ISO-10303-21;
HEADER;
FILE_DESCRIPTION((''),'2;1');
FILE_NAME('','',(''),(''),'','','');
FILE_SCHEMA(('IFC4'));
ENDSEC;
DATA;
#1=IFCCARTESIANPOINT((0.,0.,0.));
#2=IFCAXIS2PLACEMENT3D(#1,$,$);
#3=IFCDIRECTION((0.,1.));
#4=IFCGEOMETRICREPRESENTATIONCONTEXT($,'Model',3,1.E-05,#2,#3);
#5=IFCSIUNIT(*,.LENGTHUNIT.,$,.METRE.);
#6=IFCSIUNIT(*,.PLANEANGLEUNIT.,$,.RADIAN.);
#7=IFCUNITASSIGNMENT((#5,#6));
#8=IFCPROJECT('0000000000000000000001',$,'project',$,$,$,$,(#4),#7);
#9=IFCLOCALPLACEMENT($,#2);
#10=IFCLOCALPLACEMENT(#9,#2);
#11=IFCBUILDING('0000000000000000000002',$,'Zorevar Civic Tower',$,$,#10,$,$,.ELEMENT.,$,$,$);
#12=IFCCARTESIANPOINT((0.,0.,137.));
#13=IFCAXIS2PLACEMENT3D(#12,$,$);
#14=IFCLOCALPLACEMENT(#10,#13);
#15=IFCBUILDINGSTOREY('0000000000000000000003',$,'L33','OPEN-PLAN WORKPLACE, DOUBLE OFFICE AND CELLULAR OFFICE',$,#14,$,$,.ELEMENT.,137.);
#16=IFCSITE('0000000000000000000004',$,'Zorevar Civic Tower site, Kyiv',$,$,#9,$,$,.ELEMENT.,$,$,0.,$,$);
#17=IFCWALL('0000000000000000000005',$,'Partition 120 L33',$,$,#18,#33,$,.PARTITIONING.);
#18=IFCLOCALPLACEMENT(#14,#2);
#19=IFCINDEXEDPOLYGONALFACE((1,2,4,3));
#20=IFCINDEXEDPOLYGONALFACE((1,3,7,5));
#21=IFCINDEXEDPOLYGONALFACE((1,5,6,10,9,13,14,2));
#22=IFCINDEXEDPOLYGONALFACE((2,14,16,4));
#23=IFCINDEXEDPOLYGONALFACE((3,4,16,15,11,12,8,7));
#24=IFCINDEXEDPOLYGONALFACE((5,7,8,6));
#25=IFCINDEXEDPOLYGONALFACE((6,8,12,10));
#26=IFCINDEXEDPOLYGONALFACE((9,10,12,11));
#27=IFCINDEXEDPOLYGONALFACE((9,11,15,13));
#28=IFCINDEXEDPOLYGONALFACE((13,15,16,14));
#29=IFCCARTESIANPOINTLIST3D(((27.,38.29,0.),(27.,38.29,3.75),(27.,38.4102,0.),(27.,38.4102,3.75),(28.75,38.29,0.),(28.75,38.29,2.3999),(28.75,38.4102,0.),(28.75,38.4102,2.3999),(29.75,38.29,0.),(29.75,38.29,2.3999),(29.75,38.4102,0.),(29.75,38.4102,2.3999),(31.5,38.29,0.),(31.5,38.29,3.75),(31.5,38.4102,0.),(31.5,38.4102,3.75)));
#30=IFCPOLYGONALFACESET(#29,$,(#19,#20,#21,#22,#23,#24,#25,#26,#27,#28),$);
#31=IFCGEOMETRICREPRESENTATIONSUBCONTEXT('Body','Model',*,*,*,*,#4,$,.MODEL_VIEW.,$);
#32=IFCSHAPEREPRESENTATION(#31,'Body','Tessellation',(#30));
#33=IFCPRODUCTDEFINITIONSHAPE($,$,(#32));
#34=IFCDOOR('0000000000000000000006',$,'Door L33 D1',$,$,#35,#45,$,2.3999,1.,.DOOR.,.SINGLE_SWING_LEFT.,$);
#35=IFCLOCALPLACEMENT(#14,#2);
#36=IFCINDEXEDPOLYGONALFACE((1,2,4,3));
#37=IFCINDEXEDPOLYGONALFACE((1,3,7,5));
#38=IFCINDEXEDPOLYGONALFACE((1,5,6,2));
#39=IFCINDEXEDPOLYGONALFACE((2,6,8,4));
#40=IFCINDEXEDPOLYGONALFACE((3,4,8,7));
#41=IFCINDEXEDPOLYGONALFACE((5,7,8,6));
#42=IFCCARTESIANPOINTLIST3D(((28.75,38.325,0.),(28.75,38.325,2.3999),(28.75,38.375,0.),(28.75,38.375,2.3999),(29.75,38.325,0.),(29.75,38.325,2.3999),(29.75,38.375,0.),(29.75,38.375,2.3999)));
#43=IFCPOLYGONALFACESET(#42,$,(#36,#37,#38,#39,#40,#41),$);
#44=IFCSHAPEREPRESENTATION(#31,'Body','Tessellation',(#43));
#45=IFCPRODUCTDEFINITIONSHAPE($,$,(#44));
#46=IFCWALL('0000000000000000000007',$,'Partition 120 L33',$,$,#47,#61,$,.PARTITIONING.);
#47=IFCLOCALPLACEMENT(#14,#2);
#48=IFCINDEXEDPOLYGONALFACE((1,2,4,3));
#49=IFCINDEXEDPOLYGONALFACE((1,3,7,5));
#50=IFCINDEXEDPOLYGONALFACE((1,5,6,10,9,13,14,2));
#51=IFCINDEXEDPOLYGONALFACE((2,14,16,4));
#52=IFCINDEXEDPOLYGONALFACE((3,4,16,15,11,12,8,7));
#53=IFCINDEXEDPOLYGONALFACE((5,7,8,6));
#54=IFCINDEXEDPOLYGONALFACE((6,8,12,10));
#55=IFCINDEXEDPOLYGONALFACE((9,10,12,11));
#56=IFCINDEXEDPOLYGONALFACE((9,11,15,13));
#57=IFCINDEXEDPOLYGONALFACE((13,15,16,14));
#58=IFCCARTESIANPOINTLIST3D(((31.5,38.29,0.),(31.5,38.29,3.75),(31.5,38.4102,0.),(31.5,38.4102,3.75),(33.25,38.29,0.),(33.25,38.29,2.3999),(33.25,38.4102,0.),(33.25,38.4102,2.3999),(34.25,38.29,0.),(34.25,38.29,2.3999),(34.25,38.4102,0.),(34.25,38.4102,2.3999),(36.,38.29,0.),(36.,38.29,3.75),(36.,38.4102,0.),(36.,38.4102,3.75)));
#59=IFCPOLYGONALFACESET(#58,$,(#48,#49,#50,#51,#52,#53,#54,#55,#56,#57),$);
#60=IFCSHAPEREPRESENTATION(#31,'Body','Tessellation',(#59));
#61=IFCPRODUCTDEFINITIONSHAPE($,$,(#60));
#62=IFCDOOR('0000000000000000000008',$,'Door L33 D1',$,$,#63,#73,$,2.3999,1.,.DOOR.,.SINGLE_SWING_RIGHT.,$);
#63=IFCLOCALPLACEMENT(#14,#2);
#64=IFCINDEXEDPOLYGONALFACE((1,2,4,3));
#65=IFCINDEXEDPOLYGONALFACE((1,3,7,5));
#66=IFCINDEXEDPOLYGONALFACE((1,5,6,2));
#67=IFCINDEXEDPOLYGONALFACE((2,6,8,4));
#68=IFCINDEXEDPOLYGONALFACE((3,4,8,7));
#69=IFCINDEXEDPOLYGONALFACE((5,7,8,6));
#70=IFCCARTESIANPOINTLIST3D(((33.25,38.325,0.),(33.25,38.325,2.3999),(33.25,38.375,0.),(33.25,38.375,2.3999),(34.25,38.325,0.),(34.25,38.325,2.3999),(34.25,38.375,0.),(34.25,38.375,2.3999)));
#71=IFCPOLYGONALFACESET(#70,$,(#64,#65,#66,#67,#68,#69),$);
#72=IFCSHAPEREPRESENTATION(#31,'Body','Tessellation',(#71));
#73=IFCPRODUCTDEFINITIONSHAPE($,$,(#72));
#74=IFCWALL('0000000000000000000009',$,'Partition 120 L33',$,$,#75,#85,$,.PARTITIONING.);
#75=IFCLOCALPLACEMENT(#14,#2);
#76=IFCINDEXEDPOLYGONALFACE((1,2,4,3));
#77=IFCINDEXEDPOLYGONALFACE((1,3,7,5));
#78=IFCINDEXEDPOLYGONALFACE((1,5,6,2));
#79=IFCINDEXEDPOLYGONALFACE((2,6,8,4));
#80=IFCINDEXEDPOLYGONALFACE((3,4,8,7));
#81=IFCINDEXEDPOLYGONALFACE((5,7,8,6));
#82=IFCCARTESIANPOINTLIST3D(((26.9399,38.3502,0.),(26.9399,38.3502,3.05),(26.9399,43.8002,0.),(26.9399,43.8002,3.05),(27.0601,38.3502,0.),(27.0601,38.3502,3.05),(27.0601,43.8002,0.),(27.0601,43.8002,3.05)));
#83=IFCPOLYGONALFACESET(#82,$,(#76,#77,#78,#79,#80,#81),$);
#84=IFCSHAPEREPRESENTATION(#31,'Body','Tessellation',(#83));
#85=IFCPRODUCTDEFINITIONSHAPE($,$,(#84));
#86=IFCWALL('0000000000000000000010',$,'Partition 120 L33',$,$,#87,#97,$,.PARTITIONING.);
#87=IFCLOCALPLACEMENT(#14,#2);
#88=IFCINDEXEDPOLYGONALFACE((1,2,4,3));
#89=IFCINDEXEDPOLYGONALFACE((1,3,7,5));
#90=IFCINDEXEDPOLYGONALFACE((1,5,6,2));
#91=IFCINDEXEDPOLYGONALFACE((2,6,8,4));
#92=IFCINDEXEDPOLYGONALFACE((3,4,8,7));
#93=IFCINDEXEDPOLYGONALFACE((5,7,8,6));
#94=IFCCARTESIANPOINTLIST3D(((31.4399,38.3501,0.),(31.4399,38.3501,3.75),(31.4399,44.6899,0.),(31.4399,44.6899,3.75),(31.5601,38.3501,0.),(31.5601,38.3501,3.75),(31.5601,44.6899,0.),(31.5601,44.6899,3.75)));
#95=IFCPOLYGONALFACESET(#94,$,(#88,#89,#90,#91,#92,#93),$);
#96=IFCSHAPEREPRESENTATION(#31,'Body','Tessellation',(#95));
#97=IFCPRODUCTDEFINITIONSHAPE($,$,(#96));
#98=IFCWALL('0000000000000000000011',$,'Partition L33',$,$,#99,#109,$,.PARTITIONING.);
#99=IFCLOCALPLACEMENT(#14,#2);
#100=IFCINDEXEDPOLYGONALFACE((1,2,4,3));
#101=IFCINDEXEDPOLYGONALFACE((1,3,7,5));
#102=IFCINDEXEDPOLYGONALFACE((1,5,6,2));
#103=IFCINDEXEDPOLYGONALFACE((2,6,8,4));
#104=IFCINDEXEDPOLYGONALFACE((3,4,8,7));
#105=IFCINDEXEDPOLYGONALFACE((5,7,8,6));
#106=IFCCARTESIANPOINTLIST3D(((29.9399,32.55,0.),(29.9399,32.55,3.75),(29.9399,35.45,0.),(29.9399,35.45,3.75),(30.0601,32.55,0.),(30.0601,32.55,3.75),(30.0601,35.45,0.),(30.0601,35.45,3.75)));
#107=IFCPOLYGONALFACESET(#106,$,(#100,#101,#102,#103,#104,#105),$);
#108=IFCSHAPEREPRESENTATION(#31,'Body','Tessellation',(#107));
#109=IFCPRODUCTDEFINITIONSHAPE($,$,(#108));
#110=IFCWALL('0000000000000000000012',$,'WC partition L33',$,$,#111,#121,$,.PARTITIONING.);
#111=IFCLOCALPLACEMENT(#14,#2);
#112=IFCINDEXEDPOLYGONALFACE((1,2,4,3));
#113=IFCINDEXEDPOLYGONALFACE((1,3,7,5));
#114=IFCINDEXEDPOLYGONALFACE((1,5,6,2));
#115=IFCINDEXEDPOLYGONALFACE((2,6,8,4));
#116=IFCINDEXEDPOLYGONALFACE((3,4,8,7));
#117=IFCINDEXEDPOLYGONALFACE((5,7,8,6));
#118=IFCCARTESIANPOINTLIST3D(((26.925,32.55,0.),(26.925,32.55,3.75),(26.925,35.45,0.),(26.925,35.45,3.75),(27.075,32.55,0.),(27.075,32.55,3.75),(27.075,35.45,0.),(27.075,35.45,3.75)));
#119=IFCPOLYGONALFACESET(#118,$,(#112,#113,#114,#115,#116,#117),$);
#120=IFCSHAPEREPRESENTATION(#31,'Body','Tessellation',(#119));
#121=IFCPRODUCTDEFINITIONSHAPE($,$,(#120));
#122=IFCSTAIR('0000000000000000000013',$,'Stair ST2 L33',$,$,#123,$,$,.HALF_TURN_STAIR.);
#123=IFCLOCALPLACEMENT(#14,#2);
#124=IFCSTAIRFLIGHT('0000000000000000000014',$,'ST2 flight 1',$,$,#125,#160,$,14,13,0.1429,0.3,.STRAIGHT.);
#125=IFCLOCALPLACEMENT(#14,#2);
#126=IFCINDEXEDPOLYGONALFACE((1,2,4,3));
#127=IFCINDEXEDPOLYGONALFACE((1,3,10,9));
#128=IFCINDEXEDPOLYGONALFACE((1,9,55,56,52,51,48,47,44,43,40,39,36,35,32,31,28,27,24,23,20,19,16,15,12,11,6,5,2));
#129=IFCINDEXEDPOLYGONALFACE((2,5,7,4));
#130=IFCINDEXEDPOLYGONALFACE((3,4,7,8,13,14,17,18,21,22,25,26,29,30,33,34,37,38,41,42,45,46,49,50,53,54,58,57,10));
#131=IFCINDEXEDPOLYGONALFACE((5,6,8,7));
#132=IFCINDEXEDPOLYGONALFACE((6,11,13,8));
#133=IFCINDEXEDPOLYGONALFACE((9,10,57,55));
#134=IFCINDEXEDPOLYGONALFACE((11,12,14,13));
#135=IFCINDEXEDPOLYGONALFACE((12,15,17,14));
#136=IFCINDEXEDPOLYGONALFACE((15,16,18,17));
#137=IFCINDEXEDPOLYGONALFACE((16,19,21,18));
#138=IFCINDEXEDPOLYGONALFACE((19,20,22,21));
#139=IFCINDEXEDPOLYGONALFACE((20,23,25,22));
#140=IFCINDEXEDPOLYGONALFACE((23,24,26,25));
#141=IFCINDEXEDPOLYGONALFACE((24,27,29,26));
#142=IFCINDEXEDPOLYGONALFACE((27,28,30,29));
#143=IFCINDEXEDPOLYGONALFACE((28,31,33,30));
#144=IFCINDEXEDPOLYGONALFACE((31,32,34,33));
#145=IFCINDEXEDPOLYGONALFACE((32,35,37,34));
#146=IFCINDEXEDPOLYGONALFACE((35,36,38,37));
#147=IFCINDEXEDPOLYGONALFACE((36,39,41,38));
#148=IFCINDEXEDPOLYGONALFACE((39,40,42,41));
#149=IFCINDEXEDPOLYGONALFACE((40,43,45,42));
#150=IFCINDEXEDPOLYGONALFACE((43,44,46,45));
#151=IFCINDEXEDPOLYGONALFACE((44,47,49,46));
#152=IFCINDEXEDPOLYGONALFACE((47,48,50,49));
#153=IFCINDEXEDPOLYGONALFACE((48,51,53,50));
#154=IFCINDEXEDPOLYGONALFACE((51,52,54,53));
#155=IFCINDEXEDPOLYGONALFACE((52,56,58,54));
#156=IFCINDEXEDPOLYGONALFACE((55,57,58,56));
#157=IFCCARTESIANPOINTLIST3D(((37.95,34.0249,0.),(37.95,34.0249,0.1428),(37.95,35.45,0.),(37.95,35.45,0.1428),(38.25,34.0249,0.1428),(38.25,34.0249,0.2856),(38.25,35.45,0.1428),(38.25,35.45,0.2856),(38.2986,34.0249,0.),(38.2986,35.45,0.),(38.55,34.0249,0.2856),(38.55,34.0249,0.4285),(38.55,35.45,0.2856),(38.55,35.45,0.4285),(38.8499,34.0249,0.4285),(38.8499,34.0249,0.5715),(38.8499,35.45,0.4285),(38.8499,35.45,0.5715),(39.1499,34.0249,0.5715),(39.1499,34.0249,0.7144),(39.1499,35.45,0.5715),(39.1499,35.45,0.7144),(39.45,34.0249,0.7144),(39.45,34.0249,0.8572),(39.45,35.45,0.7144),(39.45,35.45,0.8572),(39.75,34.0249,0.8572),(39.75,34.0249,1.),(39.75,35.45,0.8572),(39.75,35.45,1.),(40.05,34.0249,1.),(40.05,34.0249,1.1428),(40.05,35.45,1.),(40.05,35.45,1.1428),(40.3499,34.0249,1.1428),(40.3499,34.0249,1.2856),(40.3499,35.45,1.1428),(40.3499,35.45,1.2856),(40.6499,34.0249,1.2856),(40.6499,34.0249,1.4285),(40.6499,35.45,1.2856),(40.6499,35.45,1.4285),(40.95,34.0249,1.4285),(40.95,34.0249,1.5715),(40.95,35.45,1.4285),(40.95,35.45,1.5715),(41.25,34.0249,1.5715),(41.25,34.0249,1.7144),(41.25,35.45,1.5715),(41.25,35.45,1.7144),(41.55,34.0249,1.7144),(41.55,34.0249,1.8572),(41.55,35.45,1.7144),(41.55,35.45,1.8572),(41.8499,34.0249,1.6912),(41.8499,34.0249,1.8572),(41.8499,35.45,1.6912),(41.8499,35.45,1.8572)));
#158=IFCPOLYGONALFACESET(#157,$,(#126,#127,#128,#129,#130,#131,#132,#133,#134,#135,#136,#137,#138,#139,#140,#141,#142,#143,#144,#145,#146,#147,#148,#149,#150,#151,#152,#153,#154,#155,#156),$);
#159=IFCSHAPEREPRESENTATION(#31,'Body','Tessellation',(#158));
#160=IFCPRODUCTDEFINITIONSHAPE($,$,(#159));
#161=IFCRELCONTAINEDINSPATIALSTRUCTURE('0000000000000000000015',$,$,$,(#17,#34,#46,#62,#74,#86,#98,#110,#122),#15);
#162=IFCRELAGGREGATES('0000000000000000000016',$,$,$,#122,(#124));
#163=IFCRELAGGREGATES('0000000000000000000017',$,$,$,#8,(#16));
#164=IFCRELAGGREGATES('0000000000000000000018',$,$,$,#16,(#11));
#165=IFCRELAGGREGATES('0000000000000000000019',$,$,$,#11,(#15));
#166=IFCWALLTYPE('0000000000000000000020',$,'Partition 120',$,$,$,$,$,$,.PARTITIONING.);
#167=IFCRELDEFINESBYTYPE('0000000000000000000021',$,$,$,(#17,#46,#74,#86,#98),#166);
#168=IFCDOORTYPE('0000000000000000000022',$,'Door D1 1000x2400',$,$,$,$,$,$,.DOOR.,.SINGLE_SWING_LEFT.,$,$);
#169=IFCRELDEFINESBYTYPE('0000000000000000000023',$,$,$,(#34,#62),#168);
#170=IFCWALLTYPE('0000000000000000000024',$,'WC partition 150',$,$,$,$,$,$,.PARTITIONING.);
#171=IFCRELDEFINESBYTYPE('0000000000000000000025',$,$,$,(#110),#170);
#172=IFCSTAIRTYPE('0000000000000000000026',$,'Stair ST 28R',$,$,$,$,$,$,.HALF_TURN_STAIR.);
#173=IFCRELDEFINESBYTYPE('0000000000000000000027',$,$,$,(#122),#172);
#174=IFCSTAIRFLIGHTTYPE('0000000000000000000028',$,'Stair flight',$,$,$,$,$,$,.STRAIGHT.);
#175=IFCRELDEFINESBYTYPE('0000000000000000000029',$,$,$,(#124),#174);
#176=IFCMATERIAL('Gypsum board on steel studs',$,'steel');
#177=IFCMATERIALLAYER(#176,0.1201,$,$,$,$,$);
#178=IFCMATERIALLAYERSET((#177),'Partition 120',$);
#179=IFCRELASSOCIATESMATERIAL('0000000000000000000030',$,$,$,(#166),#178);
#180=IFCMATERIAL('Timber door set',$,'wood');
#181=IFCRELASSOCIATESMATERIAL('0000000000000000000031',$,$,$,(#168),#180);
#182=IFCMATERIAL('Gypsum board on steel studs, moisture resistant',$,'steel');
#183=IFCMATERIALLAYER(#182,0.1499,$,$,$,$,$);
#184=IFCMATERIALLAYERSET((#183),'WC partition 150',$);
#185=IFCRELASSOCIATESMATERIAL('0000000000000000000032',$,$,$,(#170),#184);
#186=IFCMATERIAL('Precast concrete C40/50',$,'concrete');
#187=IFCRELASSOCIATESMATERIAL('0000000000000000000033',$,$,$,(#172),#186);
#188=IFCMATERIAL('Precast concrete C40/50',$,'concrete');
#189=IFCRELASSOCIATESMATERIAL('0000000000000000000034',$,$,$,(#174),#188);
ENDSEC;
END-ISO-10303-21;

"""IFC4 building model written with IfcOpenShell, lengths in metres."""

from ifc_helpers import new_model, si_unit, direction, frame, frame_2d, origin, place, context, subcontext, project, spatial, polyline, rectangle, outline, extrude, material, layer, layer_set, type_object, element, fill, aggregate, save


model = new_model("IFC4")

# Units and contexts
model_context = context("Model", 3, precision=1e-05, world=origin(), true_north=direction((0.0, 1.0)))
body_context = subcontext(model_context, "Body", "Model", "MODEL_VIEW")
ifc_project = project(units=[si_unit("LENGTHUNIT", "METRE"), si_unit("PLANEANGLEUNIT", "RADIAN")], contexts=[model_context])

# Site, building, storey
site_placement = place(None, origin())
site = spatial("IfcSite", under=ifc_project, at=site_placement, Name="Zorevar Civic Tower site, Kyiv", CompositionType="ELEMENT", RefElevation=0.0)
building_placement = place(site_placement, origin())
building = spatial("IfcBuilding", under=site, at=building_placement, Name="Zorevar Civic Tower", CompositionType="ELEMENT")
storey_placement = place(building_placement, frame((0.0, 0.0, 137.0)))
storey = spatial("IfcBuildingStorey", under=building, at=storey_placement, Name="L33", Description="OPEN-PLAN WORKPLACE, DOUBLE OFFICE AND CELLULAR OFFICE", CompositionType="ELEMENT", Elevation=137.0)

# Walls, openings, doors
ifc_material_1 = material(Name="Gypsum board on steel studs", Category="steel")
ifc_layer_1 = layer(ifc_material_1, 0.1201)
ifc_layer_set_1 = layer_set([ifc_layer_1], Name="Partition 120")
wall_type_1 = type_object("IfcWallType", Name="Partition 120", PredefinedType="PARTITIONING", material=ifc_layer_set_1)
wall_1_placement = place(storey_placement, frame((27.0, 38.3501, 0.0), z_axis=(0.0, 0.0, 1.0), x_axis=(1.0, 0.0, 0.0)))
wall_1 = element("IfcWall", 1, at=wall_1_placement, inside=storey, type_object=wall_type_1, Name="Partition 120 L33", PredefinedType="PARTITIONING", context=body_context, shape_type="SweptSolid", body=[
    extrude(rectangle(XDim=4.5, YDim=0.1201, at=frame_2d((2.25, 0.0))), origin(), (0.0, 0.0, 1.0), 3.75),
])
opening_1_placement = place(wall_1_placement, frame((1.75, 0.0, 0.0)))
opening_1 = element("IfcOpeningElement", 2, at=opening_1_placement, cuts=wall_1, PredefinedType="OPENING", context=body_context, shape_type="SweptSolid", body=[
    extrude(rectangle(XDim=1.0, YDim=2.3999, at=frame_2d((0.5, 1.2))), frame((0.0, 0.0701, 0.0), z_axis=(0.0, -1.0, 0.0), x_axis=(1.0, 0.0, 0.0)), (0.0, 0.0, 1.0), 0.1401),
])
ifc_material_2 = material(Name="Timber door set", Category="wood")
door_type_1 = type_object("IfcDoorType", Name="Door D1 1000x2400", OperationType="SINGLE_SWING_LEFT", PredefinedType="DOOR", material=ifc_material_2)
door_1_placement = place(opening_1_placement, origin())
door_1 = element("IfcDoor", 3, at=door_1_placement, inside=storey, type_object=door_type_1, Name="Door L33 D1", OperationType="SINGLE_SWING_LEFT", OverallHeight=2.3999, OverallWidth=1.0, PredefinedType="DOOR", context=body_context, shape_type="SweptSolid", body=[
    extrude(rectangle(XDim=1.0, YDim=2.3999, at=frame_2d((0.5, 1.2))), frame((0.0, 0.0249, 0.0), z_axis=(0.0, -1.0, 0.0), x_axis=(1.0, 0.0, 0.0)), (0.0, 0.0, 1.0), 0.05),
])
fill(opening_1, door_1)
wall_2_placement = place(storey_placement, frame((31.5, 38.3501, 0.0), z_axis=(0.0, 0.0, 1.0), x_axis=(1.0, 0.0, 0.0)))
wall_2 = element("IfcWall", 4, at=wall_2_placement, inside=storey, type_object=wall_type_1, Name="Partition 120 L33", PredefinedType="PARTITIONING", context=body_context, shape_type="SweptSolid", body=[
    extrude(rectangle(XDim=4.5, YDim=0.1201, at=frame_2d((2.25, 0.0))), origin(), (0.0, 0.0, 1.0), 3.75),
])
opening_2_placement = place(wall_2_placement, frame((1.75, 0.0, 0.0)))
opening_2 = element("IfcOpeningElement", 5, at=opening_2_placement, cuts=wall_2, PredefinedType="OPENING", context=body_context, shape_type="SweptSolid", body=[
    extrude(rectangle(XDim=1.0, YDim=2.3999, at=frame_2d((0.5, 1.2))), frame((0.0, 0.0701, 0.0), z_axis=(0.0, -1.0, 0.0), x_axis=(1.0, 0.0, 0.0)), (0.0, 0.0, 1.0), 0.1401),
])
door_2_placement = place(opening_2_placement, origin())
door_2 = element("IfcDoor", 6, at=door_2_placement, inside=storey, type_object=door_type_1, Name="Door L33 D1", OperationType="SINGLE_SWING_RIGHT", OverallHeight=2.3999, OverallWidth=1.0, PredefinedType="DOOR", context=body_context, shape_type="SweptSolid", body=[
    extrude(rectangle(XDim=1.0, YDim=2.3999, at=frame_2d((0.5, 1.2))), frame((0.0, 0.0249, 0.0), z_axis=(0.0, -1.0, 0.0), x_axis=(1.0, 0.0, 0.0)), (0.0, 0.0, 1.0), 0.05),
])
fill(opening_2, door_2)

# Walls
wall_3_placement = place(storey_placement, frame((27.0, 38.3501, 0.0), z_axis=(0.0, 0.0, 1.0), x_axis=(0.0, 1.0, 0.0)))
element("IfcWall", 7, at=wall_3_placement, inside=storey, type_object=wall_type_1, Name="Partition 120 L33", PredefinedType="PARTITIONING", context=body_context, shape_type="SweptSolid", body=[
    extrude(rectangle(XDim=5.45, YDim=0.1201, at=frame_2d((2.7251, 0.0))), origin(), (0.0, 0.0, 1.0), 3.05),
])
wall_4_placement = place(storey_placement, frame((31.5, 38.3501, 0.0), z_axis=(0.0, 0.0, 1.0), x_axis=(0.0, 1.0, 0.0)))
element("IfcWall", 8, at=wall_4_placement, inside=storey, type_object=wall_type_1, Name="Partition 120 L33", PredefinedType="PARTITIONING", context=body_context, shape_type="SweptSolid", body=[
    extrude(rectangle(XDim=6.3398, YDim=0.1201, at=frame_2d((3.1699, 0.0))), origin(), (0.0, 0.0, 1.0), 3.75),
])
wall_5_placement = place(storey_placement, frame((30.0, 32.55, 0.0), z_axis=(0.0, 0.0, 1.0), x_axis=(0.0, 1.0, 0.0)))
element("IfcWall", 9, at=wall_5_placement, inside=storey, type_object=wall_type_1, Name="Partition L33", PredefinedType="PARTITIONING", context=body_context, shape_type="SweptSolid", body=[
    extrude(rectangle(XDim=2.8999, YDim=0.1201, at=frame_2d((1.45, 0.0))), origin(), (0.0, 0.0, 1.0), 3.75),
])
ifc_material_3 = material(Name="Gypsum board on steel studs, moisture resistant", Category="steel")
ifc_layer_2 = layer(ifc_material_3, 0.1499)
ifc_layer_set_2 = layer_set([ifc_layer_2], Name="WC partition 150")
wall_type_2 = type_object("IfcWallType", Name="WC partition 150", PredefinedType="PARTITIONING", material=ifc_layer_set_2)
wall_6_placement = place(storey_placement, frame((27.0, 32.55, 0.0), z_axis=(0.0, 0.0, 1.0), x_axis=(0.0, 1.0, 0.0)))
element("IfcWall", 10, at=wall_6_placement, inside=storey, type_object=wall_type_2, Name="WC partition L33", PredefinedType="PARTITIONING", context=body_context, shape_type="SweptSolid", body=[
    extrude(rectangle(XDim=2.8999, YDim=0.1499, at=frame_2d((1.45, 0.0))), origin(), (0.0, 0.0, 1.0), 3.75),
])

# Stair, stair flight
ifc_material_4 = material(Name="Precast concrete C40/50", Category="concrete")
stair_type = type_object("IfcStairType", Name="Stair ST 28R", PredefinedType="HALF_TURN_STAIR", material=ifc_material_4)
stair_placement = place(storey_placement, origin())
stair = element("IfcStair", 11, at=stair_placement, inside=storey, type_object=stair_type, Name="Stair ST2 L33", PredefinedType="HALF_TURN_STAIR")
ifc_material_5 = material(Name="Precast concrete C40/50", Category="concrete")
stair_flight_type = type_object("IfcStairFlightType", Name="Stair flight", PredefinedType="STRAIGHT", material=ifc_material_5)
stair_flight_1_placement = place(storey_placement, frame((37.95, 34.7375, 0.0), z_axis=(0.0, 0.0, 1.0), x_axis=(1.0, 0.0, 0.0)))
stair_flight_1 = element("IfcStairFlight", 12, at=stair_flight_1_placement, type_object=stair_flight_type, Name="ST2 flight 1", NumberOfRisers=14, NumberOfTreads=13, PredefinedType="STRAIGHT", RiserHeight=0.1429, TreadLength=0.3, context=body_context, shape_type="SweptSolid", body=[
    extrude(outline(polyline([(0.0, 0.0), (0.0, 0.1428), (0.3, 0.1428), (0.3, 0.2856), (0.6001, 0.2856), (0.6001, 0.4285), (0.8999, 0.4285), (0.8999, 0.5715), (1.2, 0.5715), (1.2, 0.7144), (1.5, 0.7144), (1.5, 0.8572), (1.8, 0.8572), (1.8, 1.0), (2.1001, 1.0), (2.1001, 1.1428), (2.3999, 1.1428), (2.3999, 1.2856), (2.7, 1.2856), (2.7, 1.4285), (3.0, 1.4285), (3.0, 1.5715), (3.3, 1.5715), (3.3, 1.7144), (3.6001, 1.7144), (3.6001, 1.8572), (3.8999, 1.8572), (3.8999, 2.0), (3.8999, 1.6912), (0.3486, 0.0), (0.0, 0.0)])), frame((0.0, 0.7124, 0.0), z_axis=(0.0, -1.0, 0.0), x_axis=(1.0, 0.0, 0.0)), (0.0, 0.0, 1.0), 1.425),
])
aggregate(stair, [stair_flight_1])

save(model, "model.ifc")
